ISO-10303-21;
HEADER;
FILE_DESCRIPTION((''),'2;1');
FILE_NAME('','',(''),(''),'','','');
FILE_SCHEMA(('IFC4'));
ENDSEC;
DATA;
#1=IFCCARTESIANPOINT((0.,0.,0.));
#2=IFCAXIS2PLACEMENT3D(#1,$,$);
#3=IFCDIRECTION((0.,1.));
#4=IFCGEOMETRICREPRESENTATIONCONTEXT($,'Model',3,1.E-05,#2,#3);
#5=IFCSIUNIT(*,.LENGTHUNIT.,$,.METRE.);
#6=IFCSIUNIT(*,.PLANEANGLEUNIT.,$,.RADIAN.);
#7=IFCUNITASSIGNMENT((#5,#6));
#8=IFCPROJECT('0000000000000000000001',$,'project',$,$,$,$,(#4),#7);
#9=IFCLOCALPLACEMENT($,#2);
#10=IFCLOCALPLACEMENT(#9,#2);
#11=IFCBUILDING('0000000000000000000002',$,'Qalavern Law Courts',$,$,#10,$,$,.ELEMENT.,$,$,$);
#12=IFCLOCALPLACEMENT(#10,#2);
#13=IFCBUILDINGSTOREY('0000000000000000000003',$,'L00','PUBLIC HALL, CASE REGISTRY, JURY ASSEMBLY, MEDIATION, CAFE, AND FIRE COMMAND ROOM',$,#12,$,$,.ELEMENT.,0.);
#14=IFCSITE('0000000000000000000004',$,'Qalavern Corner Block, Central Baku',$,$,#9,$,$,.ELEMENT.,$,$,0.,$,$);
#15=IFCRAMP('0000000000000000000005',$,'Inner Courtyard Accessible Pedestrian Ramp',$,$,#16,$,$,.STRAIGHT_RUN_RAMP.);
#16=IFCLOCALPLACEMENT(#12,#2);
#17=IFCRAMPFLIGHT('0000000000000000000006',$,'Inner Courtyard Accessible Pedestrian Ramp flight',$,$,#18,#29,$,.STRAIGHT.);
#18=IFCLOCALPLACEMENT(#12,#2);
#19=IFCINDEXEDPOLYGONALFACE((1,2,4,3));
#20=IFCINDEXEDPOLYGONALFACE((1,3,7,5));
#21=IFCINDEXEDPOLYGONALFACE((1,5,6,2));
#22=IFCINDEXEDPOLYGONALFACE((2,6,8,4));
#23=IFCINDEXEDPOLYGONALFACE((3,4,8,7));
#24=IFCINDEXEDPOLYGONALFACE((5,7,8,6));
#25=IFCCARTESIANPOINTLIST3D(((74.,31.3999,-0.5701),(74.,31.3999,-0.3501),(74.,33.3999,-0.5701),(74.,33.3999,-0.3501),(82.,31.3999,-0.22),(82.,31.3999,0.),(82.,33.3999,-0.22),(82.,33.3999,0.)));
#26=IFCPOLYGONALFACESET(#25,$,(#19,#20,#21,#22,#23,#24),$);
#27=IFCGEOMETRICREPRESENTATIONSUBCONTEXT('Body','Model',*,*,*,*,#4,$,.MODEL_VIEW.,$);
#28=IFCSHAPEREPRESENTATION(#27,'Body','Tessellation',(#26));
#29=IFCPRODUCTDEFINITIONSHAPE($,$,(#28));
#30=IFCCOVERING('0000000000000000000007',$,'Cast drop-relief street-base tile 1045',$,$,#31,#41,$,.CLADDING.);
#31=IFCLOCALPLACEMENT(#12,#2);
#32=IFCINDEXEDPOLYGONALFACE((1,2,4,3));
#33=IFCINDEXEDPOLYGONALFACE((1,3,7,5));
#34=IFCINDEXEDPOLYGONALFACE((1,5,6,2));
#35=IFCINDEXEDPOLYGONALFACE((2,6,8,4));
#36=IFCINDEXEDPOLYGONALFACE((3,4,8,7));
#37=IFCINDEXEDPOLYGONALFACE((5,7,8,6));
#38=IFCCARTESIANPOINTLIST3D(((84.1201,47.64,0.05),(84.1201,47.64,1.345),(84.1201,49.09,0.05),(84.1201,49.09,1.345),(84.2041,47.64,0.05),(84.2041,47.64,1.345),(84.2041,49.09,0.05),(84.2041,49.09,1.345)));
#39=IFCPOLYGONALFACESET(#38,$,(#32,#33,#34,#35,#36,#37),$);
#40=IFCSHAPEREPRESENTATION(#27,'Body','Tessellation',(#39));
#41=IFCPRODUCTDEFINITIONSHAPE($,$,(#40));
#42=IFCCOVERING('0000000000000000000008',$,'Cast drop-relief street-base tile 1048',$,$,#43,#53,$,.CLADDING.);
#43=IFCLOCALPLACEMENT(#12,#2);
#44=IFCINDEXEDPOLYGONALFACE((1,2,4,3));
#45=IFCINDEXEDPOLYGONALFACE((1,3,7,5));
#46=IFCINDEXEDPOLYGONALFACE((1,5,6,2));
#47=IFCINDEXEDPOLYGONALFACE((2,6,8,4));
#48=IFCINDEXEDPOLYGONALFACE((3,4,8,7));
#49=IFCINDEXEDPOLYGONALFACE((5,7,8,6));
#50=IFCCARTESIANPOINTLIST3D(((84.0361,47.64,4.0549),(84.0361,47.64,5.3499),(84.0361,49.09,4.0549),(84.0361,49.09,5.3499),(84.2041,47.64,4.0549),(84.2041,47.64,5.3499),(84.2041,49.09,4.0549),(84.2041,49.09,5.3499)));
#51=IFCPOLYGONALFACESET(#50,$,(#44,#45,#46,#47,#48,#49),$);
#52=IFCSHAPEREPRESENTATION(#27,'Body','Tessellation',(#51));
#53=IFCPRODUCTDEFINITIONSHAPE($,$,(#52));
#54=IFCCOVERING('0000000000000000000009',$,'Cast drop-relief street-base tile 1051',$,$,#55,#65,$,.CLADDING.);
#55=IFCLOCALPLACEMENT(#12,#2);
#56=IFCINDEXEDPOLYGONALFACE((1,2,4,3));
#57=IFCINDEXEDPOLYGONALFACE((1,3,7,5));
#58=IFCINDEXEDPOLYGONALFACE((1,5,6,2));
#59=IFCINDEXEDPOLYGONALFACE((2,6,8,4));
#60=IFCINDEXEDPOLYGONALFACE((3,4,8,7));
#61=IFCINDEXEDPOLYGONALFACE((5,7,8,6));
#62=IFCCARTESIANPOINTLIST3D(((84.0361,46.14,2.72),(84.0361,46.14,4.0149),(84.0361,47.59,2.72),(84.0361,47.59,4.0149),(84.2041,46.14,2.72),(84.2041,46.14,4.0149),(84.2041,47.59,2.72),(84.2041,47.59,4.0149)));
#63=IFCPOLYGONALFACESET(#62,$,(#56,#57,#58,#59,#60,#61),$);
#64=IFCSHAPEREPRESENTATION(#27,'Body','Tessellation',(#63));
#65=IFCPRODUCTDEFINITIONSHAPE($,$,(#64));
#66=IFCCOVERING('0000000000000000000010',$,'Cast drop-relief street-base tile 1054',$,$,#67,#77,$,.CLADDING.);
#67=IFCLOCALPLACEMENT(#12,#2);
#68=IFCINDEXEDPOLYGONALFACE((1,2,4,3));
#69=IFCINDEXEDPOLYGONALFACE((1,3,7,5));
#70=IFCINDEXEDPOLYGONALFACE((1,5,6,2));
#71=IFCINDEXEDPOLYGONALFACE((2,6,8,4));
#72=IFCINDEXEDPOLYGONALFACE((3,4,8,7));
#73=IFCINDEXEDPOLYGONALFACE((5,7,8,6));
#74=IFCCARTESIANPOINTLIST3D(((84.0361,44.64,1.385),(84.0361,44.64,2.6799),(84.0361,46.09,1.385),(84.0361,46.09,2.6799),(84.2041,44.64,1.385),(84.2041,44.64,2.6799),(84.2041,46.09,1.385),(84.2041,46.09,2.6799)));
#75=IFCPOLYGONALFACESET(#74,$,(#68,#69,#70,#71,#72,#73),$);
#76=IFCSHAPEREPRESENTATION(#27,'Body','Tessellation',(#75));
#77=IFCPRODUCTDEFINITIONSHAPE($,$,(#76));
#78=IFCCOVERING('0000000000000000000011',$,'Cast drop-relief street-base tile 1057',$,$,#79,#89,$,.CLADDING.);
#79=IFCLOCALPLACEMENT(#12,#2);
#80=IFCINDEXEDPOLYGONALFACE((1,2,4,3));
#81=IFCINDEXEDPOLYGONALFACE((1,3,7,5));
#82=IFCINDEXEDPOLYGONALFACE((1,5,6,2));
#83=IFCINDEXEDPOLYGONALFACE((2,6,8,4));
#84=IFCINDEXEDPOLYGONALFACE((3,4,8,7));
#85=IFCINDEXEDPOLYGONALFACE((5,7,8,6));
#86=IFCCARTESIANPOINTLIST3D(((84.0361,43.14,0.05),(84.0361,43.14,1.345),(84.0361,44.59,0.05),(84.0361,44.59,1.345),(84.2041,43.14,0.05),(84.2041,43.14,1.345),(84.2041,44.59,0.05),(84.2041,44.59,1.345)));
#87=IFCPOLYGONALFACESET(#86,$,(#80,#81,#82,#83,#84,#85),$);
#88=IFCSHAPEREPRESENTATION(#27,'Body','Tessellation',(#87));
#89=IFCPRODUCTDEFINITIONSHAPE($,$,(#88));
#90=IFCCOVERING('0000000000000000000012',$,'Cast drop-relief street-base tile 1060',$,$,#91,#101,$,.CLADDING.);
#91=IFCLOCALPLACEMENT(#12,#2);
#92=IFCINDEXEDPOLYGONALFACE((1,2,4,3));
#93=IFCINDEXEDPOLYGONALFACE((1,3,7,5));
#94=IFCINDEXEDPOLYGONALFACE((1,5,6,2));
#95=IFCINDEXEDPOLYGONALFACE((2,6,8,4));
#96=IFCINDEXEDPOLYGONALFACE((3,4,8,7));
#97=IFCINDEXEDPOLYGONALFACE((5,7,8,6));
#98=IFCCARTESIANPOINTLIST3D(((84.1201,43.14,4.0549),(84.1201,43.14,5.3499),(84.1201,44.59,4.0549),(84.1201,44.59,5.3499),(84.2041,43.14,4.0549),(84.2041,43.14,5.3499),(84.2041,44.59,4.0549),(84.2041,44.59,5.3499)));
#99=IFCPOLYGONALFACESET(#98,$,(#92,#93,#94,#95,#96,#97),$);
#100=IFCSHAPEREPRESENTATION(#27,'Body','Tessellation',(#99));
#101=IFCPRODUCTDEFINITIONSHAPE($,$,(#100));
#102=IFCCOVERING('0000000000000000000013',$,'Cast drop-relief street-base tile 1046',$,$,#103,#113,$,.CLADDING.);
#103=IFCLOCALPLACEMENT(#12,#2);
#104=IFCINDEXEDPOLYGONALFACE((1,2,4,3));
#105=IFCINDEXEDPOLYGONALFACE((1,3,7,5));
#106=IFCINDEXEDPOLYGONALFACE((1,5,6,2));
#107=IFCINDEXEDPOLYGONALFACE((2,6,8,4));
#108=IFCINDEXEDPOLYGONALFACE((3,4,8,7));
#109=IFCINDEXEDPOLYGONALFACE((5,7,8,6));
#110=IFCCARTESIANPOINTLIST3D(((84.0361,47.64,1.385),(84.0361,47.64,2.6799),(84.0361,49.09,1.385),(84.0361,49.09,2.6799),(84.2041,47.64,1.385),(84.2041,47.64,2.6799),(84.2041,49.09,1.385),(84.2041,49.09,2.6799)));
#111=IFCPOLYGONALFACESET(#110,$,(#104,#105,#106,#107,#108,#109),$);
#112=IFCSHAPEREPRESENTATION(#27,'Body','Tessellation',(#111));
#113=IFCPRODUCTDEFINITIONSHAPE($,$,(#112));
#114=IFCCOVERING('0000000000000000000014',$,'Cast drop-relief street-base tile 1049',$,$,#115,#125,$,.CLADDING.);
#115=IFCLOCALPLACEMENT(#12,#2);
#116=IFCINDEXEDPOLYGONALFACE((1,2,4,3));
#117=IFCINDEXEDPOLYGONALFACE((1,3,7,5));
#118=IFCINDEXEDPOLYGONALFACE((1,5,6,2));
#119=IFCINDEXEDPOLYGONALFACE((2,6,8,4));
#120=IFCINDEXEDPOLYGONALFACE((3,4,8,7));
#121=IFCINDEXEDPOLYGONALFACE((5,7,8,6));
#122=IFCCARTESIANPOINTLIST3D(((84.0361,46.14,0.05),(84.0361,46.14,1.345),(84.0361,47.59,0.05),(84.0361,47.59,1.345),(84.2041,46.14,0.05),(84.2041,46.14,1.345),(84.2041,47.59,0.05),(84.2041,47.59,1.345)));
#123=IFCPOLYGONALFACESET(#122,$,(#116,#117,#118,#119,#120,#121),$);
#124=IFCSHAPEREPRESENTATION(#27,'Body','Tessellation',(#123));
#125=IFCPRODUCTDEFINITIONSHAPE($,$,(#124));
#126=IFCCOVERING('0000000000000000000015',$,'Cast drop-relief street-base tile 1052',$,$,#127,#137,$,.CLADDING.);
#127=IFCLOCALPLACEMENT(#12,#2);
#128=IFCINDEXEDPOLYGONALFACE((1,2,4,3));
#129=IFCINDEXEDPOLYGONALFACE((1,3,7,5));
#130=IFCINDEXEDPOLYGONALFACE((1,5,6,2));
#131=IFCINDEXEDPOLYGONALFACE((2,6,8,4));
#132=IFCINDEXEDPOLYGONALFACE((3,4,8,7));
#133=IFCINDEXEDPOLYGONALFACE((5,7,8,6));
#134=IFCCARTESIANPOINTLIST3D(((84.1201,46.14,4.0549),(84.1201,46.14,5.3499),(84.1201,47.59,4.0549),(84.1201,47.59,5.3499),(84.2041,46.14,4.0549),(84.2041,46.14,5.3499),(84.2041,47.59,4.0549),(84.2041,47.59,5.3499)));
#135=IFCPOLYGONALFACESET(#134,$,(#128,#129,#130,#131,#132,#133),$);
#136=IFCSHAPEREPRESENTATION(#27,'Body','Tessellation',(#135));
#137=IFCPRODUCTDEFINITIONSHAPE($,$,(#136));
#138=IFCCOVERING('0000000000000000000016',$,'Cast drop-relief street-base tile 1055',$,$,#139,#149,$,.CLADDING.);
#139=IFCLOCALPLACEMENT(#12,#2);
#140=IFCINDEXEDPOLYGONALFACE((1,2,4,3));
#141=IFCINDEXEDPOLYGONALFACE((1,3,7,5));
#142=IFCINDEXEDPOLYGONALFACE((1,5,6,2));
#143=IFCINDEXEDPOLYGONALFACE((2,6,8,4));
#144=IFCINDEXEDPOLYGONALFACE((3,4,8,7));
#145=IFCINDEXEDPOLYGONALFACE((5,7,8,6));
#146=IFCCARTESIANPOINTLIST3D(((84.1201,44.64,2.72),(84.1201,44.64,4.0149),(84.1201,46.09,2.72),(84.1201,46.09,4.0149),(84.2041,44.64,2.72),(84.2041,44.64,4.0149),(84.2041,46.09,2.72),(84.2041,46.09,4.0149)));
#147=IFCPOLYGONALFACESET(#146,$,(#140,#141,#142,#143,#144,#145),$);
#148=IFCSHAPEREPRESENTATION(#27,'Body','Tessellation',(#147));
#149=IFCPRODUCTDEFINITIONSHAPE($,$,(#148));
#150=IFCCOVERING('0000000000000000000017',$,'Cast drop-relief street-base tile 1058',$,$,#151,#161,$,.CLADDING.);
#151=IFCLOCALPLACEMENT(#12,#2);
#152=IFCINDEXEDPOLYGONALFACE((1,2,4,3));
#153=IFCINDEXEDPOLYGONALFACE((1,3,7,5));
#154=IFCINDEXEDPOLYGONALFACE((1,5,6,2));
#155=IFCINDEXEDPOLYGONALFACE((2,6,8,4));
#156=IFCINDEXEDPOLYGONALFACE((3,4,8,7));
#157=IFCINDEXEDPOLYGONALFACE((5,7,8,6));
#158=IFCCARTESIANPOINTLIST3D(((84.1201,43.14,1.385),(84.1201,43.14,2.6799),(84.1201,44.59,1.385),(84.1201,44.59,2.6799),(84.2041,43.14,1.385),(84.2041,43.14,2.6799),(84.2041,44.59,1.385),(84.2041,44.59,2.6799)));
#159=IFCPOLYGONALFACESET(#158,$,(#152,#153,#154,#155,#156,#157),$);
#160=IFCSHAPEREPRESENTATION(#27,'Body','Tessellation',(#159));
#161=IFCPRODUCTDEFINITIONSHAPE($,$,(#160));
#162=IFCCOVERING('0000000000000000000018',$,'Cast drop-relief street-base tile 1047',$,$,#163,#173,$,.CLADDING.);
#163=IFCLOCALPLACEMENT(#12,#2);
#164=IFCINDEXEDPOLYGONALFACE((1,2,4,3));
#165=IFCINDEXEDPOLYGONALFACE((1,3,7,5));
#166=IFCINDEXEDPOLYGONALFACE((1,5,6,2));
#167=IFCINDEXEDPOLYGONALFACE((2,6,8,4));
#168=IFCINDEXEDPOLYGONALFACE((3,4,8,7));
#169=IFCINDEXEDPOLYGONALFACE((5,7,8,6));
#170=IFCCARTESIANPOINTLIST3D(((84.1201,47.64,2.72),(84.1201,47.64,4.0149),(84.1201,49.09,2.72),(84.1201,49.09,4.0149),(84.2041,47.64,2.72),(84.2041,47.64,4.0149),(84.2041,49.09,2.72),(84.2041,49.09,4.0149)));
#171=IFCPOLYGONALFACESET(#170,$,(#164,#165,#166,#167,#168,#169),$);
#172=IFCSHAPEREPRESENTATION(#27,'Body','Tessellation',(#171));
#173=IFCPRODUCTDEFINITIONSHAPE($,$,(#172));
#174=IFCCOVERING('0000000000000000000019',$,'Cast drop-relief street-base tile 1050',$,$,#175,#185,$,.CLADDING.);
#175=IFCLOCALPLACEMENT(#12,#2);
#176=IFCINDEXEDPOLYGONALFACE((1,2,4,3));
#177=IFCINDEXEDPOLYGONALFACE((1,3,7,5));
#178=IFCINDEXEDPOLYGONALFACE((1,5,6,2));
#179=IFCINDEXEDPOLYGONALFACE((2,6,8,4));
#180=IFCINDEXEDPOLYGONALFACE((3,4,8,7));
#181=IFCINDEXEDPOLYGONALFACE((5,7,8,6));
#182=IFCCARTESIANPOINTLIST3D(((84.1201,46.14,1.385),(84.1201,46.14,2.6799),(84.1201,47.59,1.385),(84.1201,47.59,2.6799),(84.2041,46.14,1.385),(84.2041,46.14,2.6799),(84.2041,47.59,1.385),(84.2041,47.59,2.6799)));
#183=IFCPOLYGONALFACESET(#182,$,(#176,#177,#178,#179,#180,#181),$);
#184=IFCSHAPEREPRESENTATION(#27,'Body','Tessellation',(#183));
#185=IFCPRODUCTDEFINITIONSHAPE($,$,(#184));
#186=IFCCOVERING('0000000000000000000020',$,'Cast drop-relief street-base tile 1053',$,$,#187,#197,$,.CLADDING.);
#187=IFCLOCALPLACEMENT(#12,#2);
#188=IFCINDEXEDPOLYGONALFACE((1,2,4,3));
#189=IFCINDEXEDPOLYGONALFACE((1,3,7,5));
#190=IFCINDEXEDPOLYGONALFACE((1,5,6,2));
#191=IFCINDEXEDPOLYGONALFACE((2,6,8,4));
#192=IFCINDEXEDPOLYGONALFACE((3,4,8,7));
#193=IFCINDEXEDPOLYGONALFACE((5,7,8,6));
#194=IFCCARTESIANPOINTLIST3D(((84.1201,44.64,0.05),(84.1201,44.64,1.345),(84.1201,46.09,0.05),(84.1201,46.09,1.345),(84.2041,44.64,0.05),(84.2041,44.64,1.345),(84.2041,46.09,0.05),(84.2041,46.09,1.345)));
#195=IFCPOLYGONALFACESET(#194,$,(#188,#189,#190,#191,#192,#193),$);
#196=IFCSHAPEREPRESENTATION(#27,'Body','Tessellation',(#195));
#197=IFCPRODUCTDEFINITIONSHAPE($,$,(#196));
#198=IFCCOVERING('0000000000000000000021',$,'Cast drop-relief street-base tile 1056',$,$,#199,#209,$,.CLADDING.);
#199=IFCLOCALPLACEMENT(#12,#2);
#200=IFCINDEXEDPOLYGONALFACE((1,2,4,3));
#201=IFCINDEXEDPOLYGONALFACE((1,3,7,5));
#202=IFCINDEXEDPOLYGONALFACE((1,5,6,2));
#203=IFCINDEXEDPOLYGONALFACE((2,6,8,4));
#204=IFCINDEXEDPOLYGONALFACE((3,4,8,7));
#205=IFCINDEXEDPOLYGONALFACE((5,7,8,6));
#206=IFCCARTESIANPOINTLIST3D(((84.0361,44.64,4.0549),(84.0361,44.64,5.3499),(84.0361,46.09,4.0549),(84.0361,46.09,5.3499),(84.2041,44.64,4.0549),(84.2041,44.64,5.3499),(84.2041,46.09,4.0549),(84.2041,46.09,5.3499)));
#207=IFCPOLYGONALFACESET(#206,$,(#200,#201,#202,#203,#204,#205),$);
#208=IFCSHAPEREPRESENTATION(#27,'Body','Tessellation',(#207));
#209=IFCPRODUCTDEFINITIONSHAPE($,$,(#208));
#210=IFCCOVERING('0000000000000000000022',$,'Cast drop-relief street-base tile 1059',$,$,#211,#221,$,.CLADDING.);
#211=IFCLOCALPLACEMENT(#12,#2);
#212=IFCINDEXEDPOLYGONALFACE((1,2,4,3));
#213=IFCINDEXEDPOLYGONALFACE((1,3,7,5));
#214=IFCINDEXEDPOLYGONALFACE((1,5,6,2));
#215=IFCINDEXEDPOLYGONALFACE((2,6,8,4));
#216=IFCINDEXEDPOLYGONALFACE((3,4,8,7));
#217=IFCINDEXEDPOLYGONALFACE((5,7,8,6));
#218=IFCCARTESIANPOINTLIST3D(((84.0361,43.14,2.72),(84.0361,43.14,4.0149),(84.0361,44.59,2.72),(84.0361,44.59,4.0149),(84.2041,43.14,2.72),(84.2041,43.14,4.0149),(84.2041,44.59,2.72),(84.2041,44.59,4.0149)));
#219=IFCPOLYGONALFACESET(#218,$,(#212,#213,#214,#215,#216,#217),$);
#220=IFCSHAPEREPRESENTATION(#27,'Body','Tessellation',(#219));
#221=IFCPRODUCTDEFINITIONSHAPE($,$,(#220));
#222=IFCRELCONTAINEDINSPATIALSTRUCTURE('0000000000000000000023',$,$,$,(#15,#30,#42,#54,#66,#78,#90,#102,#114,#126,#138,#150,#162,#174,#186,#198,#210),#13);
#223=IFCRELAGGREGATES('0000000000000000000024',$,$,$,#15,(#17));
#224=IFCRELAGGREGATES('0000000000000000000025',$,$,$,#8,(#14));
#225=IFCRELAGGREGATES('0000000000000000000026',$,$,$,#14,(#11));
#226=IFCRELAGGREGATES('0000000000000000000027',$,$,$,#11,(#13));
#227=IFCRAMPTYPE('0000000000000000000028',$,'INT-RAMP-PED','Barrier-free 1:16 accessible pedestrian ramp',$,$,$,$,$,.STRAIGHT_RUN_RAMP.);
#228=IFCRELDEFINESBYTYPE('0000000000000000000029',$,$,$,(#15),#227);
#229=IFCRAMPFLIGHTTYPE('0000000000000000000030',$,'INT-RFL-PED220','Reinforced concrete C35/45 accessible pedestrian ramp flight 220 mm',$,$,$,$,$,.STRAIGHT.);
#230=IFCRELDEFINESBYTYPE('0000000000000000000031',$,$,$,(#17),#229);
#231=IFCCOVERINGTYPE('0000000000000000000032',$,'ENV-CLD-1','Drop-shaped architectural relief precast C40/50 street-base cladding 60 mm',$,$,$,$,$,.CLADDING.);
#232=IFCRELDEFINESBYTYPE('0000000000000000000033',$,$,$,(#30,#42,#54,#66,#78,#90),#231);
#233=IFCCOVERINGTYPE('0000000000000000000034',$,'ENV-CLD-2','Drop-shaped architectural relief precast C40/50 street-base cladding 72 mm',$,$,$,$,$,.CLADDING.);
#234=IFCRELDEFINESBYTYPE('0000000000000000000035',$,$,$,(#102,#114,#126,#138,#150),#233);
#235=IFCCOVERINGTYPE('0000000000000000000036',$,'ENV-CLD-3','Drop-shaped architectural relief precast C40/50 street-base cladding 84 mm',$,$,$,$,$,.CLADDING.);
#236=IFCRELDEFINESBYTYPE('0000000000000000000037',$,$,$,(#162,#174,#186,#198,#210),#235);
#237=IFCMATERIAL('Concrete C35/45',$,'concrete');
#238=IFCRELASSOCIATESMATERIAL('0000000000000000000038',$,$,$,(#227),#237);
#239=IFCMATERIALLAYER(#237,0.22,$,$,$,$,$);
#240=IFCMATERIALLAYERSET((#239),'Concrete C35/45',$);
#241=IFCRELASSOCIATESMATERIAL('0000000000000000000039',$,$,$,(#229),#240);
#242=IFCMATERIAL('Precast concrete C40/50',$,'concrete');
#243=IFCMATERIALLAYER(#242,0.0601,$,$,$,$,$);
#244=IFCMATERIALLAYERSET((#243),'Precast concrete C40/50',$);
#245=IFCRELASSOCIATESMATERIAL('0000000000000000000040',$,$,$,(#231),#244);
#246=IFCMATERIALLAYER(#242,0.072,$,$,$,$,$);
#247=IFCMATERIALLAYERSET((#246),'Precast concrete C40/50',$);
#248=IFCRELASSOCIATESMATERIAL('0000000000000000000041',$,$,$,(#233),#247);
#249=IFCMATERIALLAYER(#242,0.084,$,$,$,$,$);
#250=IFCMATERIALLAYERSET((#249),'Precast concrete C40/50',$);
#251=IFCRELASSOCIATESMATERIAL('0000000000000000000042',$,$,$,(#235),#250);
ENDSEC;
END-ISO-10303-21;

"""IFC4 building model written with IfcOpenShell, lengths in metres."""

from ifc_helpers import new_model, si_unit, direction, frame, origin, origin_2d, place, context, subcontext, project, spatial, polyline, rectangle, outline, extrude, material, layer, layer_set, type_object, element, aggregate, save


model = new_model("IFC4")

# Units and contexts
model_context = context("Model", 3, precision=1e-05, world=origin(), true_north=direction((0.0, 1.0)))
body_context = subcontext(model_context, "Body", "Model", "MODEL_VIEW")
ifc_project = project(units=[si_unit("LENGTHUNIT", "METRE"), si_unit("PLANEANGLEUNIT", "RADIAN")], contexts=[model_context])

# Site, building, storey
site_placement = place(None, origin())
site = spatial("IfcSite", under=ifc_project, at=site_placement, Name="Qalavern Corner Block, Central Baku", CompositionType="ELEMENT", RefElevation=0.0)
building_placement = place(site_placement, origin())
building = spatial("IfcBuilding", under=site, at=building_placement, Name="Qalavern Law Courts", CompositionType="ELEMENT")
storey_placement = place(building_placement, origin())
storey = spatial("IfcBuildingStorey", under=building, at=storey_placement, Name="L00", Description="PUBLIC HALL, CASE REGISTRY, JURY ASSEMBLY, MEDIATION, CAFE, AND FIRE COMMAND ROOM", CompositionType="ELEMENT", Elevation=0.0)

# Ramp, ramp flight
ifc_material_1 = material(Name="Concrete C35/45", Category="concrete")
ramp_type = type_object("IfcRampType", Name="INT-RAMP-PED", Description="Barrier-free 1:16 accessible pedestrian ramp", PredefinedType="STRAIGHT_RUN_RAMP", material=ifc_material_1)
ramp_placement = place(storey_placement, origin())
ramp = element("IfcRamp", 1, at=ramp_placement, inside=storey, type_object=ramp_type, Name="Inner Courtyard Accessible Pedestrian Ramp", PredefinedType="STRAIGHT_RUN_RAMP")
ifc_layer_1 = layer(ifc_material_1, 0.22)
ifc_layer_set_1 = layer_set([ifc_layer_1], Name="Concrete C35/45")
ramp_flight_type = type_object("IfcRampFlightType", Name="INT-RFL-PED220", Description="Reinforced concrete C35/45 accessible pedestrian ramp flight 220 mm", PredefinedType="STRAIGHT", material=ifc_layer_set_1)
ramp_flight_placement = place(storey_placement, frame((74.0, 32.3999, -0.3501), z_axis=(0.0, 0.0, 1.0), x_axis=(1.0, 0.0, 0.0)))
ramp_flight = element("IfcRampFlight", 2, at=ramp_flight_placement, type_object=ramp_flight_type, Name="Inner Courtyard Accessible Pedestrian Ramp flight", PredefinedType="STRAIGHT", context=body_context, shape_type="SweptSolid", body=[
    extrude(outline(polyline([(0.0, -0.22), (8.0, 0.1301), (8.0, 0.3501), (0.0, 0.0), (0.0, -0.22)])), frame((0.0, 1.0, 0.0), z_axis=(0.0, -1.0, 0.0), x_axis=(1.0, 0.0, 0.0)), (0.0, 0.0, 1.0), 2.0),
])
aggregate(ramp, [ramp_flight])

# Coverings
ifc_material_2 = material(Name="Precast concrete C40/50", Category="concrete")
ifc_layer_2 = layer(ifc_material_2, 0.0601)
ifc_layer_set_2 = layer_set([ifc_layer_2], Name="Precast concrete C40/50")
covering_type_1 = type_object("IfcCoveringType", Name="ENV-CLD-1", Description="Drop-shaped architectural relief precast C40/50 street-base cladding 60 mm", PredefinedType="CLADDING", material=ifc_layer_set_2)
covering_1_placement = place(storey_placement, frame((84.1621, 48.365, 0.05), z_axis=(0.0, 0.0, 1.0), x_axis=(0.0, -1.0, 0.0)))
element("IfcCovering", 3, at=covering_1_placement, inside=storey, type_object=covering_type_1, Name="Cast drop-relief street-base tile 1045", PredefinedType="CLADDING", context=body_context, shape_type="SweptSolid", body=[
    extrude(rectangle(XDim=1.45, YDim=0.084, at=origin_2d()), origin(), (0.0, 0.0, 1.0), 1.2949),
])
for number, where, z_axis, x_axis, name in (
    (4, (84.1201, 48.365, 4.0549), (0.0, 0.0, 1.0), (0.0, -1.0, 0.0), "Cast drop-relief street-base tile 1048"),
    (5, (84.1201, 46.865, 2.72), (0.0, 0.0, 1.0), (0.0, -1.0, 0.0), "Cast drop-relief street-base tile 1051"),
    (6, (84.1201, 45.365, 1.385), (0.0, 0.0, 1.0), (0.0, -1.0, 0.0), "Cast drop-relief street-base tile 1054"),
    (7, (84.1201, 43.865, 0.05), (0.0, 0.0, 1.0), (0.0, -1.0, 0.0), "Cast drop-relief street-base tile 1057"),
):
    element("IfcCovering", number, at=place(storey_placement, frame(where, z_axis=z_axis, x_axis=x_axis)), inside=storey, type_object=covering_type_1, Name=name, PredefinedType="CLADDING", context=body_context, shape_type="SweptSolid", body=[
        extrude(rectangle(XDim=1.45, YDim=0.168, at=origin_2d()), origin(), (0.0, 0.0, 1.0), 1.2949),
    ])
covering_2_placement = place(storey_placement, frame((84.1621, 43.865, 4.0549), z_axis=(0.0, 0.0, 1.0), x_axis=(0.0, -1.0, 0.0)))
element("IfcCovering", 8, at=covering_2_placement, inside=storey, type_object=covering_type_1, Name="Cast drop-relief street-base tile 1060", PredefinedType="CLADDING", context=body_context, shape_type="SweptSolid", body=[
    extrude(rectangle(XDim=1.45, YDim=0.084, at=origin_2d()), origin(), (0.0, 0.0, 1.0), 1.2949),
])
ifc_layer_3 = layer(ifc_material_2, 0.072)
ifc_layer_set_3 = layer_set([ifc_layer_3], Name="Precast concrete C40/50")
covering_type_2 = type_object("IfcCoveringType", Name="ENV-CLD-2", Description="Drop-shaped architectural relief precast C40/50 street-base cladding 72 mm", PredefinedType="CLADDING", material=ifc_layer_set_3)
for number, where, z_axis, x_axis, name in (
    (9, (84.1201, 48.365, 1.385), (0.0, 0.0, 1.0), (0.0, -1.0, 0.0), "Cast drop-relief street-base tile 1046"),
    (10, (84.1201, 46.865, 0.05), (0.0, 0.0, 1.0), (0.0, -1.0, 0.0), "Cast drop-relief street-base tile 1049"),
):
    element("IfcCovering", number, at=place(storey_placement, frame(where, z_axis=z_axis, x_axis=x_axis)), inside=storey, type_object=covering_type_2, Name=name, PredefinedType="CLADDING", context=body_context, shape_type="SweptSolid", body=[
        extrude(rectangle(XDim=1.45, YDim=0.168, at=origin_2d()), origin(), (0.0, 0.0, 1.0), 1.2949),
    ])
for number, where, z_axis, x_axis, name in (
    (11, (84.1621, 46.865, 4.0549), (0.0, 0.0, 1.0), (0.0, -1.0, 0.0), "Cast drop-relief street-base tile 1052"),
    (12, (84.1621, 45.365, 2.72), (0.0, 0.0, 1.0), (0.0, -1.0, 0.0), "Cast drop-relief street-base tile 1055"),
    (13, (84.1621, 43.865, 1.385), (0.0, 0.0, 1.0), (0.0, -1.0, 0.0), "Cast drop-relief street-base tile 1058"),
):
    element("IfcCovering", number, at=place(storey_placement, frame(where, z_axis=z_axis, x_axis=x_axis)), inside=storey, type_object=covering_type_2, Name=name, PredefinedType="CLADDING", context=body_context, shape_type="SweptSolid", body=[
        extrude(rectangle(XDim=1.45, YDim=0.084, at=origin_2d()), origin(), (0.0, 0.0, 1.0), 1.2949),
    ])
ifc_layer_4 = layer(ifc_material_2, 0.084)
ifc_layer_set_4 = layer_set([ifc_layer_4], Name="Precast concrete C40/50")
covering_type_3 = type_object("IfcCoveringType", Name="ENV-CLD-3", Description="Drop-shaped architectural relief precast C40/50 street-base cladding 84 mm", PredefinedType="CLADDING", material=ifc_layer_set_4)
for number, where, z_axis, x_axis, name in (
    (14, (84.1621, 48.365, 2.72), (0.0, 0.0, 1.0), (0.0, -1.0, 0.0), "Cast drop-relief street-base tile 1047"),
    (15, (84.1621, 46.865, 1.385), (0.0, 0.0, 1.0), (0.0, -1.0, 0.0), "Cast drop-relief street-base tile 1050"),
    (16, (84.1621, 45.365, 0.05), (0.0, 0.0, 1.0), (0.0, -1.0, 0.0), "Cast drop-relief street-base tile 1053"),
):
    element("IfcCovering", number, at=place(storey_placement, frame(where, z_axis=z_axis, x_axis=x_axis)), inside=storey, type_object=covering_type_3, Name=name, PredefinedType="CLADDING", context=body_context, shape_type="SweptSolid", body=[
        extrude(rectangle(XDim=1.45, YDim=0.084, at=origin_2d()), origin(), (0.0, 0.0, 1.0), 1.2949),
    ])
for number, where, z_axis, x_axis, name in (
    (17, (84.1201, 45.365, 4.0549), (0.0, 0.0, 1.0), (0.0, -1.0, 0.0), "Cast drop-relief street-base tile 1056"),
    (18, (84.1201, 43.865, 2.72), (0.0, 0.0, 1.0), (0.0, -1.0, 0.0), "Cast drop-relief street-base tile 1059"),
):
    element("IfcCovering", number, at=place(storey_placement, frame(where, z_axis=z_axis, x_axis=x_axis)), inside=storey, type_object=covering_type_3, Name=name, PredefinedType="CLADDING", context=body_context, shape_type="SweptSolid", body=[
        extrude(rectangle(XDim=1.45, YDim=0.168, at=origin_2d()), origin(), (0.0, 0.0, 1.0), 1.2949),
    ])

save(model, "model.ifc")
